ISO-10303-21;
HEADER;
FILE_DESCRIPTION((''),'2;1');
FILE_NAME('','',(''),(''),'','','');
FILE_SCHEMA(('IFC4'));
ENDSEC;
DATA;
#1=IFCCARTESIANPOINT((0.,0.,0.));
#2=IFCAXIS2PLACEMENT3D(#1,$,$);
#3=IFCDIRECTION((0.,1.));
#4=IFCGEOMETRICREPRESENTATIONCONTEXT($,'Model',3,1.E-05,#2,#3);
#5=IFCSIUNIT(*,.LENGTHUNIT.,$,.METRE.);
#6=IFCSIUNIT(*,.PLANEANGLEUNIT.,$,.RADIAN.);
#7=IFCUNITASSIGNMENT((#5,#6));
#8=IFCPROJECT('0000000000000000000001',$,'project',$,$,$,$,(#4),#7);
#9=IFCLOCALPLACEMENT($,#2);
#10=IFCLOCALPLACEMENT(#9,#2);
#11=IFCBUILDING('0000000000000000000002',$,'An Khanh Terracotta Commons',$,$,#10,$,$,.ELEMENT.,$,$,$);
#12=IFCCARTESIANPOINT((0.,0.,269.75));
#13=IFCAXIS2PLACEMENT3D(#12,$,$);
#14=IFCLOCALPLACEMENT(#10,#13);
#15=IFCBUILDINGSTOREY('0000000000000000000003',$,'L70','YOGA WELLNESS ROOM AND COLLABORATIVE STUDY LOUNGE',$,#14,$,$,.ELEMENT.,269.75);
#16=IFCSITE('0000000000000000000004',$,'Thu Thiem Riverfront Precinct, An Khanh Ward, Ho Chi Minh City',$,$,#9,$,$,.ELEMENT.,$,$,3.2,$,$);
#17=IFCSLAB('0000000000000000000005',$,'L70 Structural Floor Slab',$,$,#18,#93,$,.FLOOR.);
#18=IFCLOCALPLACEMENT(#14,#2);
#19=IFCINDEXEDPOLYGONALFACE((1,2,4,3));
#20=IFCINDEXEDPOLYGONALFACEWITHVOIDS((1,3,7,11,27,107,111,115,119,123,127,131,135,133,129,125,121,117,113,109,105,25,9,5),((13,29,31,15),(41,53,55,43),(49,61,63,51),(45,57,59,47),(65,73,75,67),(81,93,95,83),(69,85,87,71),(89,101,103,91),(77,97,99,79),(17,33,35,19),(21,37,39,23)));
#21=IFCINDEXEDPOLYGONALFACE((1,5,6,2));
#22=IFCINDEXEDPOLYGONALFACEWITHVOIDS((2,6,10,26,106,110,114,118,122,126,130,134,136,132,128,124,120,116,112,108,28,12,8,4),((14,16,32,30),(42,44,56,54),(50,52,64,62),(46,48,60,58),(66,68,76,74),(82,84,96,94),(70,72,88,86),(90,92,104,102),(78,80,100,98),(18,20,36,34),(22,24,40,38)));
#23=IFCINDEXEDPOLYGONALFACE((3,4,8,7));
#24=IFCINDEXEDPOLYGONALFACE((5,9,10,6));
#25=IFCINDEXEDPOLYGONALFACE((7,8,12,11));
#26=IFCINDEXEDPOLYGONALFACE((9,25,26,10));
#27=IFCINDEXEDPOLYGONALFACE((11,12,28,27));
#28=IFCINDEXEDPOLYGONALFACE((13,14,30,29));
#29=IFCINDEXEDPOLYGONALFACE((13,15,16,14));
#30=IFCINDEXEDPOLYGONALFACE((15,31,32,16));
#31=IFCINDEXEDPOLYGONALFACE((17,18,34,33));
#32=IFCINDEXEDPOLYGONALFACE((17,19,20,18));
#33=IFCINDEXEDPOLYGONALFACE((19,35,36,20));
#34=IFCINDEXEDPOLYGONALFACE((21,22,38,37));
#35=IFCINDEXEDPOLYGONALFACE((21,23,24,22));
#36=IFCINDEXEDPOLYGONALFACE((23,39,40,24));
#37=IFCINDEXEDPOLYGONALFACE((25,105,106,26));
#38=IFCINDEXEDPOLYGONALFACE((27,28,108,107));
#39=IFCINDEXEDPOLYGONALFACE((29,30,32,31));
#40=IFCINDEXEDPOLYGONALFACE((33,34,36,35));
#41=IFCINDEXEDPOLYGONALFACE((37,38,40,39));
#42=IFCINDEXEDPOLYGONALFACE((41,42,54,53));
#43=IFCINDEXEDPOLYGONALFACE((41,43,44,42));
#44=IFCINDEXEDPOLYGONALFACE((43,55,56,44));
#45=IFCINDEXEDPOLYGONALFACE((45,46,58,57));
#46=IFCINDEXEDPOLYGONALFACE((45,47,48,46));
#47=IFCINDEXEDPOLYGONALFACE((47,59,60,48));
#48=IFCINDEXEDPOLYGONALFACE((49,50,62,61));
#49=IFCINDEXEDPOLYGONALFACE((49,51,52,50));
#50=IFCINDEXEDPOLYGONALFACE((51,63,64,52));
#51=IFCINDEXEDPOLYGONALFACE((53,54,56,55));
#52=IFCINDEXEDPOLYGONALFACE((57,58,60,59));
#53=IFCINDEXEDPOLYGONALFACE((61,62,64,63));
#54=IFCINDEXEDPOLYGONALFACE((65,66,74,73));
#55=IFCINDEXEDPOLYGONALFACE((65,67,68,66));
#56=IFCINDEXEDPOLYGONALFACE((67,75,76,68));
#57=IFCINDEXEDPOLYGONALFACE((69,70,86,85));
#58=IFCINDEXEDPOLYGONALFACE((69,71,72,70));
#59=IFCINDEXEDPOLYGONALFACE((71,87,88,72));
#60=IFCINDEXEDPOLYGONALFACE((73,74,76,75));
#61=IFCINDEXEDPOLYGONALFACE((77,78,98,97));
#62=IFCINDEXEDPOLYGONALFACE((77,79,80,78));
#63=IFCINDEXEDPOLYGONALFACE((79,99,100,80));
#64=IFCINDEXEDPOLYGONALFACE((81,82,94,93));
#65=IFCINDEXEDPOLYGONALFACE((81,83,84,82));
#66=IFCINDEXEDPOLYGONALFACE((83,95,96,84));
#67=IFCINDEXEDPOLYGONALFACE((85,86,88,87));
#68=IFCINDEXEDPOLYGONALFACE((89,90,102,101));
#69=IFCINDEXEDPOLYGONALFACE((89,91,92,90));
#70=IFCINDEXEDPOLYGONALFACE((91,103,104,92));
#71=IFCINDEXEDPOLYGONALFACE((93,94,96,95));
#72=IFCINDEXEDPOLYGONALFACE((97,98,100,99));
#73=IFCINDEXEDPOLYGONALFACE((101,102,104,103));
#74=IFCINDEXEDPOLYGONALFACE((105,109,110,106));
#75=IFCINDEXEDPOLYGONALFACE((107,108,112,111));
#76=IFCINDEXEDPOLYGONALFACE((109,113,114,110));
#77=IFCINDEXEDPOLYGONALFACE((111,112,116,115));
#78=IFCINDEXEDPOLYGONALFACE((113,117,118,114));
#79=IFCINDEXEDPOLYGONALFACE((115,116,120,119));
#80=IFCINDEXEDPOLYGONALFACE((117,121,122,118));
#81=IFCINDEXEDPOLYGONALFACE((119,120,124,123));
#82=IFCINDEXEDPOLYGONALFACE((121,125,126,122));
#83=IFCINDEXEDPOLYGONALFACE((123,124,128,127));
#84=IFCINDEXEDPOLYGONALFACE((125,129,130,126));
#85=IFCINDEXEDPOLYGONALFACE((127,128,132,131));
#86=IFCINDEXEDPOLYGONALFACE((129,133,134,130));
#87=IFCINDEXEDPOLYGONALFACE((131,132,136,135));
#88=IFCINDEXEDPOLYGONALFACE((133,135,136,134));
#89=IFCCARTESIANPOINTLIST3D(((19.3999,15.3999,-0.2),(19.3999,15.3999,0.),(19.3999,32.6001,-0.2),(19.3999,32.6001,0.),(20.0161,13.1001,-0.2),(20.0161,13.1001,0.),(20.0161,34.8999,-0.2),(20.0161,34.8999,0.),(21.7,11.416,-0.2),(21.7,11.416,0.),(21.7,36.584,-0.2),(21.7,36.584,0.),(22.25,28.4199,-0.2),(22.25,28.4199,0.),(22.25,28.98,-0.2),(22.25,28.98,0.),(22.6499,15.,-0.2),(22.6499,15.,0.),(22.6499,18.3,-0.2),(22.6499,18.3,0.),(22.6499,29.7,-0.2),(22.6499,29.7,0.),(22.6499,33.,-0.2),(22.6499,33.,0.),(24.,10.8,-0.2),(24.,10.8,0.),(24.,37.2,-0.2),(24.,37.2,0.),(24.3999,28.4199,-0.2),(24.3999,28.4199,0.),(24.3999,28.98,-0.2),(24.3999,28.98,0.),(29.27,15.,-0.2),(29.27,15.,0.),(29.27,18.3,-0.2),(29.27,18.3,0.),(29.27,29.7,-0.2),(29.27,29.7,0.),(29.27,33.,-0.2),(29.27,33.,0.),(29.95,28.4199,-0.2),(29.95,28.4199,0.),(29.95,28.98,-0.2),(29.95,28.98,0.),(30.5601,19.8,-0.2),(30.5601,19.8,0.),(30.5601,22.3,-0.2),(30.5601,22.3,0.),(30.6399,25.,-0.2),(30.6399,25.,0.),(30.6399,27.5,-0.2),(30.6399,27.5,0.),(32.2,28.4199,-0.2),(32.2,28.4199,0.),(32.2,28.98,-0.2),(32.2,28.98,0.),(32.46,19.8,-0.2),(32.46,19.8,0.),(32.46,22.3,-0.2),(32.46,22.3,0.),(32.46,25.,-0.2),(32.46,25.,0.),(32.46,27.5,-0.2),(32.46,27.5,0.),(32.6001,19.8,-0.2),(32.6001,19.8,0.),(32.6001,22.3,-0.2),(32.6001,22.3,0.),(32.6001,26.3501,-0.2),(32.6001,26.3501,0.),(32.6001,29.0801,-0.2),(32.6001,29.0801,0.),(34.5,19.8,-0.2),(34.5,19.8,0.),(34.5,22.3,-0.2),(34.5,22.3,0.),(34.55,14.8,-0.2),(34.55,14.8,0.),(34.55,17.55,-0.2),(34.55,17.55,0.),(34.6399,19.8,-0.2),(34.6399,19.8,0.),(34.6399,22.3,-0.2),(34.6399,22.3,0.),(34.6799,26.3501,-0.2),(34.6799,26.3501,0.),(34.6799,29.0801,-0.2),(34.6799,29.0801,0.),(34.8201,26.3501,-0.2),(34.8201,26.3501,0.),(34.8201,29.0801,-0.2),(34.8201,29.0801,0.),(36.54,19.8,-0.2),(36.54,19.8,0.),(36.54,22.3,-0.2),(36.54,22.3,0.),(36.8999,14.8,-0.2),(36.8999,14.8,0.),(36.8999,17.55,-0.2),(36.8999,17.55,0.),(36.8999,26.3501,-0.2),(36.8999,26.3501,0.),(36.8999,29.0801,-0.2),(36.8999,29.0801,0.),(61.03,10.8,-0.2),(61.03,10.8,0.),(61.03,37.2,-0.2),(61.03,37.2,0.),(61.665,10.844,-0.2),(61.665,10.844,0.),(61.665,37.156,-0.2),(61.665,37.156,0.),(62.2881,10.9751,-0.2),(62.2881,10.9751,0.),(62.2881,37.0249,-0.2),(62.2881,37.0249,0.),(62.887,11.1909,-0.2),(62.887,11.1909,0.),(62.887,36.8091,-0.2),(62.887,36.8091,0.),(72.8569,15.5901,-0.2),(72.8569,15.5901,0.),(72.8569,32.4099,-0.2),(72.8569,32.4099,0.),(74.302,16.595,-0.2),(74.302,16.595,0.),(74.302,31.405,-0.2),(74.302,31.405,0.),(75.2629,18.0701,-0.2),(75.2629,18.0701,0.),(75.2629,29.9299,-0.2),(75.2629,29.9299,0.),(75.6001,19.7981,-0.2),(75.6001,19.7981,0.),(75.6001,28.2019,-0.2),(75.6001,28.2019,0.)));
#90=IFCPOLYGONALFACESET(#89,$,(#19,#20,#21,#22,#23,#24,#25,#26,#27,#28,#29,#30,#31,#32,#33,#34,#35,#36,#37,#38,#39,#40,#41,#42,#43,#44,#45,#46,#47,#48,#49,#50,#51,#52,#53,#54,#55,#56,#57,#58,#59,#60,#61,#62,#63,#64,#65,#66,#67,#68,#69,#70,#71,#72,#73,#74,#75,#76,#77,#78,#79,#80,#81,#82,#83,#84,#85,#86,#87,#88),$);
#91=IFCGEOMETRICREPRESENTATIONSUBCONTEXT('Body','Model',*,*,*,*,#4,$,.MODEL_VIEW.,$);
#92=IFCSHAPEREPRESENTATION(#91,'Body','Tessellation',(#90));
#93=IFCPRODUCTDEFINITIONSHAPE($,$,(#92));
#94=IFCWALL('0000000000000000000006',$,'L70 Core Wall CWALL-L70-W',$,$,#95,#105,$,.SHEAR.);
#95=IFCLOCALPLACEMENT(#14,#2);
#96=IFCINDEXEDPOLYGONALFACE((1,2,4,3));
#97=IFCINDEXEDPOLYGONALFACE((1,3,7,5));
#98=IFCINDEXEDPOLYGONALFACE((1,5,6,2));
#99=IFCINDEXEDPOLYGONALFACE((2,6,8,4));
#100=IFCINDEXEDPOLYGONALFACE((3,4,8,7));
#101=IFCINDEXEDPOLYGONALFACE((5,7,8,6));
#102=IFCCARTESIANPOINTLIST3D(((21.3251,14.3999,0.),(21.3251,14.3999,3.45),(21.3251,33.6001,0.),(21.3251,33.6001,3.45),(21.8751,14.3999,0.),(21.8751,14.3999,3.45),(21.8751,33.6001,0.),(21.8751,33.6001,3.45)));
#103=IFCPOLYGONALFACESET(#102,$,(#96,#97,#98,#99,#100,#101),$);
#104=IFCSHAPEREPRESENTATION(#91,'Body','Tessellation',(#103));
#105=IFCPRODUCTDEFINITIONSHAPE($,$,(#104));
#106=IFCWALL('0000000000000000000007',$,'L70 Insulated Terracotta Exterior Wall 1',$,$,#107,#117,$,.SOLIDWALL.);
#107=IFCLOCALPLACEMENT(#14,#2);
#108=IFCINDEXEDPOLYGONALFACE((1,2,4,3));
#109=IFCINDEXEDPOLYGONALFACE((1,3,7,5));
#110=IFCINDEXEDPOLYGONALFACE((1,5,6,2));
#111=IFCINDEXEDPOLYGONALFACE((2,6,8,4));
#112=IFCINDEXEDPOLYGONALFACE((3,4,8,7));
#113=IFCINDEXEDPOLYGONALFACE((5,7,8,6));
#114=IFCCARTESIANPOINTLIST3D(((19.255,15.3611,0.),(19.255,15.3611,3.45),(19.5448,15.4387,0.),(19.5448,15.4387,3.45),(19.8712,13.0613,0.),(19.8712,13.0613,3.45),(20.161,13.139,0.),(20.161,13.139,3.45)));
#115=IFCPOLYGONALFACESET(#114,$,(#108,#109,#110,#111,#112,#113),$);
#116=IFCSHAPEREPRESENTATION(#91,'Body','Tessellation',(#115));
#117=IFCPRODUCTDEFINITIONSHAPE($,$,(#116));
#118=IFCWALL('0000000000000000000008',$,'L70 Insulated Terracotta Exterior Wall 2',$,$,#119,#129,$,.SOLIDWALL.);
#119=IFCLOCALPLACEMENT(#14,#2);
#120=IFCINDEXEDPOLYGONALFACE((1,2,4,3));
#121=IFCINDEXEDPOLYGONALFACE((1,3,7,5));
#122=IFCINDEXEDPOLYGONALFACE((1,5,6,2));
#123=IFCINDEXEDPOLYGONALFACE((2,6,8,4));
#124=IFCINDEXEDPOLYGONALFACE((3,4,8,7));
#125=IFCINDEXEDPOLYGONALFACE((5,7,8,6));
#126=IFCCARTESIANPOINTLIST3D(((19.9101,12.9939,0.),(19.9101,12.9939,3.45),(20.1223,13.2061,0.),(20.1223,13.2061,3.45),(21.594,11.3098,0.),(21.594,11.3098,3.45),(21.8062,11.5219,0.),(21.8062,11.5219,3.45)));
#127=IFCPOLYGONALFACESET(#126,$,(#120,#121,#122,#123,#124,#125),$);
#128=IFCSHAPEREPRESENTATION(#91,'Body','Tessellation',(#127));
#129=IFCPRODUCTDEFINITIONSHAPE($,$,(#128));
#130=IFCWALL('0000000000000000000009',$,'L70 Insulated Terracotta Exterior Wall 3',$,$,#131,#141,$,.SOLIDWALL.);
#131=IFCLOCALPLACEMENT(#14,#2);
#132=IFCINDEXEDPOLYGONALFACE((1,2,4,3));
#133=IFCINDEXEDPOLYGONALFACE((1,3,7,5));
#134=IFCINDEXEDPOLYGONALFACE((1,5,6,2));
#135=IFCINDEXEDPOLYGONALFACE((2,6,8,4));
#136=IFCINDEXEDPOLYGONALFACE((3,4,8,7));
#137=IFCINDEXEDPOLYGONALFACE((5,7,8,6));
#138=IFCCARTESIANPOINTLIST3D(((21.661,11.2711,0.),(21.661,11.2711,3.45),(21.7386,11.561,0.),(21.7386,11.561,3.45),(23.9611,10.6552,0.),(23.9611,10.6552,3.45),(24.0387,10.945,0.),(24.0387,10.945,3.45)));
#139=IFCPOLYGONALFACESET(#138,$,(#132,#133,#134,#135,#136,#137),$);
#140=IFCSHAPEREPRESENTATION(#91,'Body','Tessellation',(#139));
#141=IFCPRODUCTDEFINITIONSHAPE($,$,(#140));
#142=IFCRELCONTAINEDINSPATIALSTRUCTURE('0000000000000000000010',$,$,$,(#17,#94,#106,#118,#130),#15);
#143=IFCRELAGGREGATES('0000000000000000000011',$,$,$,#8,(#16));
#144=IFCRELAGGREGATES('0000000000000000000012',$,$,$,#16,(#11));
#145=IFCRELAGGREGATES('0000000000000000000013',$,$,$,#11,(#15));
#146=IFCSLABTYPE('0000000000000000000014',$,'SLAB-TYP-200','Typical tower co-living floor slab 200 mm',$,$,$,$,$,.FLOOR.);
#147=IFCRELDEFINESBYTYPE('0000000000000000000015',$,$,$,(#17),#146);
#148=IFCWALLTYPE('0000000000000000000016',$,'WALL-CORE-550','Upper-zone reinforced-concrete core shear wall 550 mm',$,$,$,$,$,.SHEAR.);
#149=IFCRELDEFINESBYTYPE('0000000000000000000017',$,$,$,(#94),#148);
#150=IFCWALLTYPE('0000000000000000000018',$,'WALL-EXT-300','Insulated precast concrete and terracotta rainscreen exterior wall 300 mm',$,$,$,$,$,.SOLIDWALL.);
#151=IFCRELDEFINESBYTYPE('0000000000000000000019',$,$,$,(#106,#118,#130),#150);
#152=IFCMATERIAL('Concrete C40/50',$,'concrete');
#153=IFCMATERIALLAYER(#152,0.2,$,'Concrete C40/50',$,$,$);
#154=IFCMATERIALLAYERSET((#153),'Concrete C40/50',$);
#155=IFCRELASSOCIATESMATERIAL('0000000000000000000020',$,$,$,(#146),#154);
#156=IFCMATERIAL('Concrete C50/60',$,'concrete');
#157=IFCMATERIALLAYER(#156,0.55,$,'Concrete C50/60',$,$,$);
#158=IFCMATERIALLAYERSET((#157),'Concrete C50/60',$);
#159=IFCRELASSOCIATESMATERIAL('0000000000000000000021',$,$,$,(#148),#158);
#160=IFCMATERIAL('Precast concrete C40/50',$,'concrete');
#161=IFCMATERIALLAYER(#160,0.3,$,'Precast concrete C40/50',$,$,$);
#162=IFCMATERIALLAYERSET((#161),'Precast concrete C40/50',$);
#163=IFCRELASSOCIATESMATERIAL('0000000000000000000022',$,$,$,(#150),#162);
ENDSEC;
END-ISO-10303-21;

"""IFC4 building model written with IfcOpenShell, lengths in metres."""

from ifc_helpers import new_model, si_unit, direction, frame, frame_2d, origin, place, context, subcontext, project, spatial, polyline, rectangle, outline, extrude, material, layer, layer_set, type_object, element, save


model = new_model("IFC4")

# Units and contexts
model_context = context("Model", 3, precision=1e-05, world=origin(), true_north=direction((0.0, 1.0)))
body_context = subcontext(model_context, "Body", "Model", "MODEL_VIEW")
ifc_project = project(units=[si_unit("LENGTHUNIT", "METRE"), si_unit("PLANEANGLEUNIT", "RADIAN")], contexts=[model_context])

# Site, building, storey
site_placement = place(None, origin())
site = spatial("IfcSite", under=ifc_project, at=site_placement, Name="Thu Thiem Riverfront Precinct, An Khanh Ward, Ho Chi Minh City", CompositionType="ELEMENT", RefElevation=3.2)
building_placement = place(site_placement, origin())
building = spatial("IfcBuilding", under=site, at=building_placement, Name="An Khanh Terracotta Commons", CompositionType="ELEMENT")
storey_placement = place(building_placement, frame((0.0, 0.0, 269.75)))
storey = spatial("IfcBuildingStorey", under=building, at=storey_placement, Name="L70", Description="YOGA WELLNESS ROOM AND COLLABORATIVE STUDY LOUNGE", CompositionType="ELEMENT", Elevation=269.75)

# Shared definitions
ifc_material_1 = material(Name="Concrete C50/60", Category="concrete")

# Shared definitions
ifc_material_2 = material(Name="Concrete C40/50", Category="concrete")

# Shared definitions
ifc_material_3 = material(Name="Precast concrete C40/50", Category="concrete")

# Slab
ifc_layer_1 = layer(ifc_material_2, 0.2, Name="Concrete C40/50")
ifc_layer_set_1 = layer_set([ifc_layer_1], Name="Concrete C40/50")
slab_type_1 = type_object("IfcSlabType", Name="SLAB-TYP-200", Description="Typical tower co-living floor slab 200 mm", PredefinedType="FLOOR", material=ifc_layer_set_1)
slab_1_placement = place(storey_placement, frame((0.0, 0.0, -0.2)))
element("IfcSlab", 1, at=slab_1_placement, inside=storey, type_object=slab_type_1, Name="L70 Structural Floor Slab", PredefinedType="FLOOR", context=body_context, shape_type="SweptSolid", body=[
    extrude(outline(polyline([(19.3999, 15.3999), (20.0161, 13.1001), (21.7, 11.416), (24.0, 10.8), (61.03, 10.8), (61.665, 10.844), (62.2881, 10.9751), (62.887, 11.1909), (72.8569, 15.5901), (74.302, 16.595), (75.2629, 18.0701), (75.6001, 19.7981), (75.6001, 28.2019), (75.2629, 29.9299), (74.302, 31.405), (72.8569, 32.4099), (62.887, 36.8091), (62.2881, 37.0249), (61.665, 37.156), (61.03, 37.2), (24.0, 37.2), (21.7, 36.584), (20.0161, 34.8999), (19.3999, 32.6001), (19.3999, 15.3999)]), holes=[polyline([(22.6499, 29.7), (29.27, 29.7), (29.27, 33.0), (22.6499, 33.0), (22.6499, 29.7)]), polyline([(22.6499, 15.0), (29.27, 15.0), (29.27, 18.3), (22.6499, 18.3), (22.6499, 15.0)]), polyline([(32.6001, 26.3501), (34.6799, 26.3501), (34.6799, 29.0801), (32.6001, 29.0801), (32.6001, 26.3501)]), polyline([(34.8201, 26.3501), (36.8999, 26.3501), (36.8999, 29.0801), (34.8201, 29.0801), (34.8201, 26.3501)]), polyline([(34.55, 14.8), (36.8999, 14.8), (36.8999, 17.55), (34.55, 17.55), (34.55, 14.8)]), polyline([(30.6399, 25.0), (32.46, 25.0), (32.46, 27.5), (30.6399, 27.5), (30.6399, 25.0)]), polyline([(30.5601, 19.8), (32.46, 19.8), (32.46, 22.3), (30.5601, 22.3), (30.5601, 19.8)]), polyline([(32.6001, 19.8), (34.5, 19.8), (34.5, 22.3), (32.6001, 22.3), (32.6001, 19.8)]), polyline([(34.6399, 19.8), (36.54, 19.8), (36.54, 22.3), (34.6399, 22.3), (34.6399, 19.8)]), polyline([(22.25, 28.4199), (24.3999, 28.4199), (24.3999, 28.98), (22.25, 28.98), (22.25, 28.4199)]), polyline([(29.95, 28.4199), (32.2, 28.4199), (32.2, 28.98), (29.95, 28.98), (29.95, 28.4199)])]), origin(), (0.0, 0.0, 1.0), 0.2),
])

# Walls
ifc_layer_2 = layer(ifc_material_1, 0.55, Name="Concrete C50/60")
ifc_layer_set_2 = layer_set([ifc_layer_2], Name="Concrete C50/60")
wall_type_1 = type_object("IfcWallType", Name="WALL-CORE-550", Description="Upper-zone reinforced-concrete core shear wall 550 mm", PredefinedType="SHEAR", material=ifc_layer_set_2)
wall_1_placement = place(storey_placement, frame((21.6001, 14.3999, 0.0), z_axis=(0.0, 0.0, 1.0), x_axis=(0.0, 1.0, 0.0)))
element("IfcWall", 2, at=wall_1_placement, inside=storey, type_object=wall_type_1, Name="L70 Core Wall CWALL-L70-W", PredefinedType="SHEAR", context=body_context, shape_type="SweptSolid", body=[
    extrude(rectangle(XDim=19.2002, YDim=0.55, at=frame_2d((9.6001, 0.0))), origin(), (0.0, 0.0, 1.0), 3.45),
])
ifc_layer_3 = layer(ifc_material_3, 0.3, Name="Precast concrete C40/50")
ifc_layer_set_3 = layer_set([ifc_layer_3], Name="Precast concrete C40/50")
wall_type_2 = type_object("IfcWallType", Name="WALL-EXT-300", Description="Insulated precast concrete and terracotta rainscreen exterior wall 300 mm", PredefinedType="SOLIDWALL", material=ifc_layer_set_3)
wall_2_placement = place(storey_placement, frame((19.3999, 15.3999, 0.0), z_axis=(0.0, 0.0, 1.0), x_axis=(0.258811, -0.965928, 0.0)))
element("IfcWall", 3, at=wall_2_placement, inside=storey, type_object=wall_type_2, Name="L70 Insulated Terracotta Exterior Wall 1", PredefinedType="SOLIDWALL", context=body_context, shape_type="SweptSolid", body=[
    extrude(rectangle(XDim=2.3809, YDim=0.3, at=frame_2d((1.1904, 0.0))), origin(), (0.0, 0.0, 1.0), 3.45),
])
wall_3_placement = place(storey_placement, frame((20.0161, 13.1001, 0.0), z_axis=(0.0, 0.0, 1.0), x_axis=(0.707056, -0.707158, 0.0)))
element("IfcWall", 4, at=wall_3_placement, inside=storey, type_object=wall_type_2, Name="L70 Insulated Terracotta Exterior Wall 2", PredefinedType="SOLIDWALL", context=body_context, shape_type="SweptSolid", body=[
    extrude(rectangle(XDim=2.3816, YDim=0.3, at=frame_2d((1.1909, 0.0))), origin(), (0.0, 0.0, 1.0), 3.45),
])
wall_4_placement = place(storey_placement, frame((21.7, 11.416, 0.0), z_axis=(0.0, 0.0, 1.0), x_axis=(0.96596, -0.25869, 0.0)))
element("IfcWall", 5, at=wall_4_placement, inside=storey, type_object=wall_type_2, Name="L70 Insulated Terracotta Exterior Wall 3", PredefinedType="SOLIDWALL", context=body_context, shape_type="SweptSolid", body=[
    extrude(rectangle(XDim=2.3811, YDim=0.3, at=frame_2d((1.1904, 0.0))), origin(), (0.0, 0.0, 1.0), 3.45),
])

save(model, "model.ifc")
